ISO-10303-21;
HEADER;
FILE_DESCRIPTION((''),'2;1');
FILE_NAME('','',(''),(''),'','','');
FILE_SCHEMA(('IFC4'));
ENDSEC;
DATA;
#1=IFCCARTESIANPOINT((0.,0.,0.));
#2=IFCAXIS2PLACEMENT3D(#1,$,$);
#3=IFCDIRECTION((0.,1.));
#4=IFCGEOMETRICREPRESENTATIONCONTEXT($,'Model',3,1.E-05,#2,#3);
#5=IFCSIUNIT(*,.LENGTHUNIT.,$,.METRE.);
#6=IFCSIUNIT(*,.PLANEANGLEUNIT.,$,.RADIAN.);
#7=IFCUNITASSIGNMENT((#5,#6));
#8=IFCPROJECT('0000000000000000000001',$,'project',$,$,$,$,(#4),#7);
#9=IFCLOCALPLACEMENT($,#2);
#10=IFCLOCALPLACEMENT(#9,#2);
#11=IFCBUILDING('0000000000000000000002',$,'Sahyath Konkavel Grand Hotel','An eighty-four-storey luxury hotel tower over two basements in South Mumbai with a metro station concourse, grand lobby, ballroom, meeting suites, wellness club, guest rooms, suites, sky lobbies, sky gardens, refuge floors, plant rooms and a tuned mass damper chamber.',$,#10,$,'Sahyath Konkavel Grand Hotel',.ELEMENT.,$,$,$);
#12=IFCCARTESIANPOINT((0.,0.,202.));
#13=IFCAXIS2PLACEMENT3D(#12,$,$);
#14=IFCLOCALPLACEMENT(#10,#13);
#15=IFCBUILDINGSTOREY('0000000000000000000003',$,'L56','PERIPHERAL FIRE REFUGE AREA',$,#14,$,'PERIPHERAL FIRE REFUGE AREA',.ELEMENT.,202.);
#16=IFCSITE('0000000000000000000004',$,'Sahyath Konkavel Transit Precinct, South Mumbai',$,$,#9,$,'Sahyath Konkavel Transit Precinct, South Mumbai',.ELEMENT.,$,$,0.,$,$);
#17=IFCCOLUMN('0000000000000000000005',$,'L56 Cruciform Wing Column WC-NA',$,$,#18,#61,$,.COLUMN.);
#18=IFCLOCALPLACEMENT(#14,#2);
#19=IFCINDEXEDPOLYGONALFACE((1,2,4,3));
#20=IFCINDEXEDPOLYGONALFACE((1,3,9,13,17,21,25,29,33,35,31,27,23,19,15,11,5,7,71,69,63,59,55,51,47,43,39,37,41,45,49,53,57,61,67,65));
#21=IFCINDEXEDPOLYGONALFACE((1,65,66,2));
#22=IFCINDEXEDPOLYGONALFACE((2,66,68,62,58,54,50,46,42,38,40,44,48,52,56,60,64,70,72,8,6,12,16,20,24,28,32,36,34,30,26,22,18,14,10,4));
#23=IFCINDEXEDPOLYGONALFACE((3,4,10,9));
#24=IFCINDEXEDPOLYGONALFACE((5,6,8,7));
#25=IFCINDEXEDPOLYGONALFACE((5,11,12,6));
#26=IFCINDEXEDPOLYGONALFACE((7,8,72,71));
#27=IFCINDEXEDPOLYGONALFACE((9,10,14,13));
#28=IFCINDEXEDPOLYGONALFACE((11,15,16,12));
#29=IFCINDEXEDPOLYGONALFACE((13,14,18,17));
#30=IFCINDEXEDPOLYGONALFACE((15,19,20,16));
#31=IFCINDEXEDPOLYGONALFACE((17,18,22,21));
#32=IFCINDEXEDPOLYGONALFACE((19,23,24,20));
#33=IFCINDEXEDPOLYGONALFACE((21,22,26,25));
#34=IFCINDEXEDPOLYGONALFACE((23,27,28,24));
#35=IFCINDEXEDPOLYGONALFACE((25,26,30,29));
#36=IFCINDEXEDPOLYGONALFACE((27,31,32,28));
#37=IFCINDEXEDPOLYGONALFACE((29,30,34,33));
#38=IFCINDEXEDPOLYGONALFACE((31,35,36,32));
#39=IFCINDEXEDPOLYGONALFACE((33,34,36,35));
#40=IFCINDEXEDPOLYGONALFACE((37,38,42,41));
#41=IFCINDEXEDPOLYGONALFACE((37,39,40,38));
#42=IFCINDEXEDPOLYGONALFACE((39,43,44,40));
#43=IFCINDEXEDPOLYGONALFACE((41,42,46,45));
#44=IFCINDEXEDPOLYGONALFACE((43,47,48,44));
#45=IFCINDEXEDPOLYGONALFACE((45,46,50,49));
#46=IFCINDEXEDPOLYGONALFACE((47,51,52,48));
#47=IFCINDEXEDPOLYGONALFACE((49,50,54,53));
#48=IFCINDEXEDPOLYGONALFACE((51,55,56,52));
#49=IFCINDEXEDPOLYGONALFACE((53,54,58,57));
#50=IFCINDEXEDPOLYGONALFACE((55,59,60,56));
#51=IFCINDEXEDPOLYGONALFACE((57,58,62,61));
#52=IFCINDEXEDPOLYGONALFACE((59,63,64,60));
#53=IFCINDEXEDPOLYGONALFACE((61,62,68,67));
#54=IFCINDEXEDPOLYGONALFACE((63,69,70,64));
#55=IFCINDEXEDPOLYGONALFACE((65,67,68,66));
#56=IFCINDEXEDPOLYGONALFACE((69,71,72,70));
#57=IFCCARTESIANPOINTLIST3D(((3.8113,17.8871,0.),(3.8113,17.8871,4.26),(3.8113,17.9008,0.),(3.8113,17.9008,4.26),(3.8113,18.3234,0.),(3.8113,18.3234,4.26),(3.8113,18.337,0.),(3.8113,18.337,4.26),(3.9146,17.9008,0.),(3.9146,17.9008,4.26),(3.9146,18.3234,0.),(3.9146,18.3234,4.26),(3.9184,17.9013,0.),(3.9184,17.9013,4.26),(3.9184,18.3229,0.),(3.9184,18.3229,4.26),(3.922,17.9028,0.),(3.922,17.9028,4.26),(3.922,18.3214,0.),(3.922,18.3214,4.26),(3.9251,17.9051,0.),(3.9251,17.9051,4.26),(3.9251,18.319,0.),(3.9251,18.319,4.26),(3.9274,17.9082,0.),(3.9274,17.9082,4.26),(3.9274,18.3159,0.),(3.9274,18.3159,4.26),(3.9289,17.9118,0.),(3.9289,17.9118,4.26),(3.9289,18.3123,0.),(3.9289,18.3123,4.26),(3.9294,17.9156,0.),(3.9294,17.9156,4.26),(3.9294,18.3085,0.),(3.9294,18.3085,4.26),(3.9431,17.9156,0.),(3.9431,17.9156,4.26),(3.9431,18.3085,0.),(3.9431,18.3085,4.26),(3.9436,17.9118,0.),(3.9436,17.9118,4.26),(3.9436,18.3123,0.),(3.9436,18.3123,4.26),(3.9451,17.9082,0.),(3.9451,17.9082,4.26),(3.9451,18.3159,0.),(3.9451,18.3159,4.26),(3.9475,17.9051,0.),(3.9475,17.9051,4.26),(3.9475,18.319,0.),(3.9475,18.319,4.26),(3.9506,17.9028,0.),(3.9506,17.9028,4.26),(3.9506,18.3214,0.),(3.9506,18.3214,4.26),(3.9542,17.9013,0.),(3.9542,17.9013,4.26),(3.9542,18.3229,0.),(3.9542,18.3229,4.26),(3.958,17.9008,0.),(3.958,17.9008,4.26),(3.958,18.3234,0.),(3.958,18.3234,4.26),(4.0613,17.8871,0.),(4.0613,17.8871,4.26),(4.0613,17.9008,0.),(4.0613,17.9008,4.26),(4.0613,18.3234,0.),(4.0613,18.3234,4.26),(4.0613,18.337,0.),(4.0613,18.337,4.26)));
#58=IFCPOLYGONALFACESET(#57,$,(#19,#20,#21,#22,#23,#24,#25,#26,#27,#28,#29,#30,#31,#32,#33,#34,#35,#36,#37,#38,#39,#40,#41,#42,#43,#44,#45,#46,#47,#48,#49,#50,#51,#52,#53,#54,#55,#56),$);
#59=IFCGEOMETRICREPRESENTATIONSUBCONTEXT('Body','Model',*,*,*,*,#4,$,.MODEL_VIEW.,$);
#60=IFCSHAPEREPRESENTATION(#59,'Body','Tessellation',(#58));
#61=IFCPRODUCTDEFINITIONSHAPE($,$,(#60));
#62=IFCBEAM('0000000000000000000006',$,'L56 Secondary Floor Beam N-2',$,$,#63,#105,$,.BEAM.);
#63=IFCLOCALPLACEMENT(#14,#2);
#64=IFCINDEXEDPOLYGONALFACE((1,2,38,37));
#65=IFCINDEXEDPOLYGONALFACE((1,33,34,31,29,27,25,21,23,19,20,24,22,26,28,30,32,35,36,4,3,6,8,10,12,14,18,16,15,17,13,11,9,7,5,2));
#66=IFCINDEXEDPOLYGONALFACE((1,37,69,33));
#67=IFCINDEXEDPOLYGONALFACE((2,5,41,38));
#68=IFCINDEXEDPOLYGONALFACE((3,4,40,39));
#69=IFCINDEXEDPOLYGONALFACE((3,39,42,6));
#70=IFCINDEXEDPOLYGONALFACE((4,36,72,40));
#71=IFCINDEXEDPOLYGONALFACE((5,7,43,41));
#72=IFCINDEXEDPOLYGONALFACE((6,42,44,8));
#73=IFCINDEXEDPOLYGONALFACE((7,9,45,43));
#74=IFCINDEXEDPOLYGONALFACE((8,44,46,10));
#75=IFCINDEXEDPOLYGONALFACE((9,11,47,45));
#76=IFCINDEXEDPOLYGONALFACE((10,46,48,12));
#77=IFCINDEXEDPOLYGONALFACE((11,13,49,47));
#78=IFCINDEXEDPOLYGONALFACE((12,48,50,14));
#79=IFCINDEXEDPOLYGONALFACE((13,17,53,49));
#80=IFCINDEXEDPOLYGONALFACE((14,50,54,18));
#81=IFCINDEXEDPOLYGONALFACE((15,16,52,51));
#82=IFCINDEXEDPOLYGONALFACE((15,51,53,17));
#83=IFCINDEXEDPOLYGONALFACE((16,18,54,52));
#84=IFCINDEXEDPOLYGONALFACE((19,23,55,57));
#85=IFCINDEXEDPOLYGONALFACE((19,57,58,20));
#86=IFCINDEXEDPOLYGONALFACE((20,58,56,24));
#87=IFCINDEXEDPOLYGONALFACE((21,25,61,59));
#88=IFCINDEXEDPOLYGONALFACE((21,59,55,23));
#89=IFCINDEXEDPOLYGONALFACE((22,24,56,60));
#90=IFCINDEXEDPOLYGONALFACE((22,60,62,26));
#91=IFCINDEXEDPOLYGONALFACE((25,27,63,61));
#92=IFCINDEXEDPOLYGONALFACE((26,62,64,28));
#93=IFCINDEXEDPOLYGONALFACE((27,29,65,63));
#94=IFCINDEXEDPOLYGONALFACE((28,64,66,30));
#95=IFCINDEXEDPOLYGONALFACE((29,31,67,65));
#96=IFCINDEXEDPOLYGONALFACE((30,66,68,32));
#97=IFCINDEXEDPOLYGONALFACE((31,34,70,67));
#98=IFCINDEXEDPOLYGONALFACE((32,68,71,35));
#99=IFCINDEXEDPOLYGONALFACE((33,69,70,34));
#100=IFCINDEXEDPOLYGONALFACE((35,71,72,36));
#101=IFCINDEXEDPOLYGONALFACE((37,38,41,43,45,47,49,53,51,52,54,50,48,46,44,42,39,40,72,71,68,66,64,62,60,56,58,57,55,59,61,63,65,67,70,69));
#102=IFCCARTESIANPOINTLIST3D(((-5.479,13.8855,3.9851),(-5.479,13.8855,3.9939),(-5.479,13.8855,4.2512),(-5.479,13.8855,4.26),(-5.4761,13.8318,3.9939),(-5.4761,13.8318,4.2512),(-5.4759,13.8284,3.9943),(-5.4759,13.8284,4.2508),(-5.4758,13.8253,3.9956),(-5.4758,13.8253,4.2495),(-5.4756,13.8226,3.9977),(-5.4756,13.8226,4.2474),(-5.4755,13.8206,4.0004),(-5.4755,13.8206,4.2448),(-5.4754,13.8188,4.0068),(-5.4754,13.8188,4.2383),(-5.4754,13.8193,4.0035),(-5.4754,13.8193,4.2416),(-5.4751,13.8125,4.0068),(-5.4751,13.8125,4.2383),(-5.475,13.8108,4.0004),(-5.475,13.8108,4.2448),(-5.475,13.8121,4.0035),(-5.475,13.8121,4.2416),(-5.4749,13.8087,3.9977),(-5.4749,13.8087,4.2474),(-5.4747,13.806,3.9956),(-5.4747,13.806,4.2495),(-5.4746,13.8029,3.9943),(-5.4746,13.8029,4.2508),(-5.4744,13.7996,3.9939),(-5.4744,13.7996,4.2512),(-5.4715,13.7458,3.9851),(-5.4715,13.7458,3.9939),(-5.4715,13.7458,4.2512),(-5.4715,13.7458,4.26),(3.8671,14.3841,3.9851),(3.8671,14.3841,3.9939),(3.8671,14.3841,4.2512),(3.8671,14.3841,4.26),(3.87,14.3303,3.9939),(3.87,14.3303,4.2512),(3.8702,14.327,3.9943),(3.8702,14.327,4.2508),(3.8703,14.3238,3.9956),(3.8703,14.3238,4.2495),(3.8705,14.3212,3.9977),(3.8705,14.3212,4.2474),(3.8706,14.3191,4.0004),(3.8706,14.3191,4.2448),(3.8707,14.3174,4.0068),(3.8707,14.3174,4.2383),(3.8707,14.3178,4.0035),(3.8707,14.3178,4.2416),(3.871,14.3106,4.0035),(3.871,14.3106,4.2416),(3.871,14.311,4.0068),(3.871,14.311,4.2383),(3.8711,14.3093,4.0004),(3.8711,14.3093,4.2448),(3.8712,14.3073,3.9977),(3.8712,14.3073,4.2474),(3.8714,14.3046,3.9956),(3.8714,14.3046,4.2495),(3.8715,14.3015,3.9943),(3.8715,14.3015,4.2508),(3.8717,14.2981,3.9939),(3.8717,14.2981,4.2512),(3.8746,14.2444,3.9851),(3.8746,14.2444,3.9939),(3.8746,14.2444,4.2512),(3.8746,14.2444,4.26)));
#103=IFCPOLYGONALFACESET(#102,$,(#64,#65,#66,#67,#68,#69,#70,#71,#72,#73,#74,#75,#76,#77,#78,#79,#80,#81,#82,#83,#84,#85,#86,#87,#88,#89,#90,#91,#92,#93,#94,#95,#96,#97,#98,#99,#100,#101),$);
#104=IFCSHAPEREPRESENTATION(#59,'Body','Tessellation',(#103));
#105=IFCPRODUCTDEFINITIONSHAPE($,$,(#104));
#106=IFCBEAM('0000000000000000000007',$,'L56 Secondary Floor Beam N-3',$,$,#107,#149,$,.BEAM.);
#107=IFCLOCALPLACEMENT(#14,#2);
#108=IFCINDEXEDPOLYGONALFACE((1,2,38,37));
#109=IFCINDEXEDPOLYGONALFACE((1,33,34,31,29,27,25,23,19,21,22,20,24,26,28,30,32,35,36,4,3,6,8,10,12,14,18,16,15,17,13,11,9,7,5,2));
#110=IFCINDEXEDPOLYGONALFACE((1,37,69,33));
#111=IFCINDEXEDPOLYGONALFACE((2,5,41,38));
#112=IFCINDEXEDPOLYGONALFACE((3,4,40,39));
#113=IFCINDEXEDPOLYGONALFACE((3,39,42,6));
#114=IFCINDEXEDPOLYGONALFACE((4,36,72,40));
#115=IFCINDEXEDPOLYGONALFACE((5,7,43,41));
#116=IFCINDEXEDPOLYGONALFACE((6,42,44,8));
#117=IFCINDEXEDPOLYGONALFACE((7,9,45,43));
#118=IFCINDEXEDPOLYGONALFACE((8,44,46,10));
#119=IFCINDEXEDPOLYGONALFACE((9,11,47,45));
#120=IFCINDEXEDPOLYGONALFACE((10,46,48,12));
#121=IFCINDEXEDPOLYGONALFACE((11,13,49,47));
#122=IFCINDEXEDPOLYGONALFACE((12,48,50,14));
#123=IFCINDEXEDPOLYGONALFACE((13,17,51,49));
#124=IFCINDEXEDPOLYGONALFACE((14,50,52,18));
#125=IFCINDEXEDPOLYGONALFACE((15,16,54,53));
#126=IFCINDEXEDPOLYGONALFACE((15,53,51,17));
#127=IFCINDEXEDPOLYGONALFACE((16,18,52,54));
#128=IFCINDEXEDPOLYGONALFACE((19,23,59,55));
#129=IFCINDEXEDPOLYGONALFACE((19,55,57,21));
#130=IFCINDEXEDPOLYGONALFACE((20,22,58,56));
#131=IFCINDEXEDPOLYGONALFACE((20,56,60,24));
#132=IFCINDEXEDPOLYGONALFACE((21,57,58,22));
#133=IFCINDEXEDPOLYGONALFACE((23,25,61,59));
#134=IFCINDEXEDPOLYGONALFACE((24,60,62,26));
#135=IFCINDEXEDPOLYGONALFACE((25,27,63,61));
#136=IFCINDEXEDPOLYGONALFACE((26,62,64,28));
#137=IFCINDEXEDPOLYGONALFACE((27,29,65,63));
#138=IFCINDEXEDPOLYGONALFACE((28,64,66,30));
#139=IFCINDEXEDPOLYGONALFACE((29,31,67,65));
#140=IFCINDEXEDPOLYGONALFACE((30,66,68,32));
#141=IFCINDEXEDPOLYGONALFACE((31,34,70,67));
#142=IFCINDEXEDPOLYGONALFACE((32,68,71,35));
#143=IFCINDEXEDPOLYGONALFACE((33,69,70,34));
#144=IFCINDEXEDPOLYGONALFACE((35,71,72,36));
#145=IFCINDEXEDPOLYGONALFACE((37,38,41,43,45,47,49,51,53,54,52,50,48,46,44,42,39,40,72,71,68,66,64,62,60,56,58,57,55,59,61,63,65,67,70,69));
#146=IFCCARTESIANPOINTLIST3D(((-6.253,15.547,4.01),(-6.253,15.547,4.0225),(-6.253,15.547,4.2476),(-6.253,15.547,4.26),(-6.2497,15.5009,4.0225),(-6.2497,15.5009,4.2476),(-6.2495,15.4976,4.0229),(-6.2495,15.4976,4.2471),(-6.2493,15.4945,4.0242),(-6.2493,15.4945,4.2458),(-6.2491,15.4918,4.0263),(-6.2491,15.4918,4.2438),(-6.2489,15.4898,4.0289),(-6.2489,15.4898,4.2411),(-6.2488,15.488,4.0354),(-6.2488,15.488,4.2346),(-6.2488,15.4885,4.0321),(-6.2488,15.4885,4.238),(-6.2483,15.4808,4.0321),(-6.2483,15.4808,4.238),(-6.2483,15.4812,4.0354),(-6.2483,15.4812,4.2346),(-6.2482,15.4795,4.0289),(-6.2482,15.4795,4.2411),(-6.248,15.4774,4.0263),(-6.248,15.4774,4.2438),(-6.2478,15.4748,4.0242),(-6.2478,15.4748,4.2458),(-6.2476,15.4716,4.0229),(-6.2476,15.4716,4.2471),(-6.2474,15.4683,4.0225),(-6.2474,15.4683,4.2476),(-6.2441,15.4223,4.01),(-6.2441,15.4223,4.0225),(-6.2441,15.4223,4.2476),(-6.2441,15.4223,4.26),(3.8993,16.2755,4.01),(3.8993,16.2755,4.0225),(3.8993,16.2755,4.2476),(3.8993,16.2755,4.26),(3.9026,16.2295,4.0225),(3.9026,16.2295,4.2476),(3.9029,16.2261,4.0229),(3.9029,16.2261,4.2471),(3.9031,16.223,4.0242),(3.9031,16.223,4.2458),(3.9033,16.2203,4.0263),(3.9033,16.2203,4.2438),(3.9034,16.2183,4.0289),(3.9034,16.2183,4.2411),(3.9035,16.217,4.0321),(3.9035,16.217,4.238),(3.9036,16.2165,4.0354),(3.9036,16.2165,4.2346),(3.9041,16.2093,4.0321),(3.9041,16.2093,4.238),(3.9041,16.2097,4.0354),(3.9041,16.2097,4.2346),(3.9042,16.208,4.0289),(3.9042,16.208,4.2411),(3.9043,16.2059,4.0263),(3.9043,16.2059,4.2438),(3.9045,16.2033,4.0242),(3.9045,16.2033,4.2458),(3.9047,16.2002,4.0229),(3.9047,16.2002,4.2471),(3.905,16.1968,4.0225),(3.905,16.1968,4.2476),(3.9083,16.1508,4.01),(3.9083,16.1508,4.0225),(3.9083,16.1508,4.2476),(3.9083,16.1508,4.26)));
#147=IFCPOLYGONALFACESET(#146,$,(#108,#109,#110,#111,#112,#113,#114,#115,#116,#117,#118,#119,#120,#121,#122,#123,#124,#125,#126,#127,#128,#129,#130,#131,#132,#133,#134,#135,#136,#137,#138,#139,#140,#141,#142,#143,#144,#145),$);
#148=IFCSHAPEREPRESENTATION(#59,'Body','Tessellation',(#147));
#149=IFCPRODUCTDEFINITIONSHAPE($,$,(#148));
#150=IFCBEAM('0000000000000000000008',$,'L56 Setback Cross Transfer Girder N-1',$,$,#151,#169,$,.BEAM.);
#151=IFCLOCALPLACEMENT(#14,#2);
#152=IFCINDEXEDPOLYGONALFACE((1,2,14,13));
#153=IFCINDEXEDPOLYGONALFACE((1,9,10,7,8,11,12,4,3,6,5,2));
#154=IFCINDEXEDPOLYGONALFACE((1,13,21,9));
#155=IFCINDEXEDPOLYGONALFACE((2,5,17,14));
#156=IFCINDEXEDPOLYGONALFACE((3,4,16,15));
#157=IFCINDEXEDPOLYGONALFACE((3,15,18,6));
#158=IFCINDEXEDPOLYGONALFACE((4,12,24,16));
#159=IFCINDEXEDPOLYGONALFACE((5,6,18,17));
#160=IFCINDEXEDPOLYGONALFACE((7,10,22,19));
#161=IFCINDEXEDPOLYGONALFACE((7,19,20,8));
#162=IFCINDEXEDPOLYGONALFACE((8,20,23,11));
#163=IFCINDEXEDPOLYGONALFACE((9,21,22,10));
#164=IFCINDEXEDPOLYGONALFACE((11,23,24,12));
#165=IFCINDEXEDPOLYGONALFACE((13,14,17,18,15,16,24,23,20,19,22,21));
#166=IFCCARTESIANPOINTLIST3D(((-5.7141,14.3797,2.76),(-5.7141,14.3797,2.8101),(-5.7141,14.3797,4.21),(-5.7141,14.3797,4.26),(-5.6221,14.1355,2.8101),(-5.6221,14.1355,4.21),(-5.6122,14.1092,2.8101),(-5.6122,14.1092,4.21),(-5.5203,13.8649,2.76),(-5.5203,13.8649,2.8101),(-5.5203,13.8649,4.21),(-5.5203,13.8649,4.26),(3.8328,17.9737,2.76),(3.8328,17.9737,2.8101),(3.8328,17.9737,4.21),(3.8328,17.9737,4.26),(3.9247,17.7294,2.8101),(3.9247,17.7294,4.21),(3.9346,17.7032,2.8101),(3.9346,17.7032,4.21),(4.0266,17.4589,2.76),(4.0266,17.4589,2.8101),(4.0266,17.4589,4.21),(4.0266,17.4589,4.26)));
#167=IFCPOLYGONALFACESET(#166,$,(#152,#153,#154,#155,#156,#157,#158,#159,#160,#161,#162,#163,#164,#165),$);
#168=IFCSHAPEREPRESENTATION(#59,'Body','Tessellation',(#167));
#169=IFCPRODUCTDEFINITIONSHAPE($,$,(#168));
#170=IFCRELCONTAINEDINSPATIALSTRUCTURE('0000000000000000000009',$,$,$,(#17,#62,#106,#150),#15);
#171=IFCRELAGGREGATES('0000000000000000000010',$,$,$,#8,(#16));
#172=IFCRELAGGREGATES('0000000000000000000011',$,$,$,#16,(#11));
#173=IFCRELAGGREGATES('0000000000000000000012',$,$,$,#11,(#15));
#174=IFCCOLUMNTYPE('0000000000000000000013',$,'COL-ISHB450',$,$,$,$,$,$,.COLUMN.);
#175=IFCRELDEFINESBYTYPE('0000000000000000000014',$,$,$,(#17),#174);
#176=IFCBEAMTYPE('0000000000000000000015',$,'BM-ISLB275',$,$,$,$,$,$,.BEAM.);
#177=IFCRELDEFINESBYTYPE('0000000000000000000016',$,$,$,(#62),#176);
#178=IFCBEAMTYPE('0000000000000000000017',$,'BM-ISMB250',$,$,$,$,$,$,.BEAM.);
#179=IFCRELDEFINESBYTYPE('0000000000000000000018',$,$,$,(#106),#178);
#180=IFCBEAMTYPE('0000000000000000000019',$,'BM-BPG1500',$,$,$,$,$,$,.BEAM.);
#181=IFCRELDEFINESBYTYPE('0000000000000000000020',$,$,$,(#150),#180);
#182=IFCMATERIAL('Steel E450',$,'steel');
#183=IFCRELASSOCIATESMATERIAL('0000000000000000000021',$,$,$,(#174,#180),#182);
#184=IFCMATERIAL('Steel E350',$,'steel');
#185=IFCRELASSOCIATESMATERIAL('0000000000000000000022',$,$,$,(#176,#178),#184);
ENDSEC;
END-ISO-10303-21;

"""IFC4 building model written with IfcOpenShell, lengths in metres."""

from ifc_helpers import new_model, si_unit, direction, frame, origin, origin_2d, place, context, subcontext, project, spatial, i_section, extrude, source, transform, mapped, material, material_profile, profile_set, type_object, element, save


model = new_model("IFC4")

# Units and contexts
model_context = context("Model", 3, precision=1e-05, world=origin(), true_north=direction((0.0, 1.0)))
body_context = subcontext(model_context, "Body", "Model", "MODEL_VIEW")
ifc_project = project(units=[si_unit("LENGTHUNIT", "METRE"), si_unit("PLANEANGLEUNIT", "RADIAN")], contexts=[model_context])

# Site, building, storey
site_placement = place(None, origin())
site = spatial("IfcSite", under=ifc_project, at=site_placement, Name="Sahyath Konkavel Transit Precinct, South Mumbai", LongName="Sahyath Konkavel Transit Precinct, South Mumbai", CompositionType="ELEMENT", RefElevation=0.0)
building_placement = place(site_placement, origin())
building = spatial("IfcBuilding", under=site, at=building_placement, Name="Sahyath Konkavel Grand Hotel", Description="An eighty-four-storey luxury hotel tower over two basements in South Mumbai with a metro station concourse, grand lobby, ballroom, meeting suites, wellness club, guest rooms, suites, sky lobbies, sky gardens, refuge floors, plant rooms and a tuned mass damper chamber.", LongName="Sahyath Konkavel Grand Hotel", CompositionType="ELEMENT")
storey_placement = place(building_placement, frame((0.0, 0.0, 202.0)))
storey = spatial("IfcBuildingStorey", under=building, at=storey_placement, Name="L56", Description="PERIPHERAL FIRE REFUGE AREA", LongName="PERIPHERAL FIRE REFUGE AREA", CompositionType="ELEMENT", Elevation=202.0)

# Column
ifc_material_1 = material(Name="Steel E450", Category="steel")
ifc_material_profile_1 = material_profile(ifc_material_1, i_section(OverallWidth=0.25, OverallDepth=0.45, WebThickness=0.0137, FlangeThickness=0.0137, FilletRadius=0.0149, at=origin_2d()), Name="ISHB 450")
ifc_profile_set_1 = profile_set([ifc_material_profile_1], Name="Steel E450")
column_type = type_object("IfcColumnType", Name="COL-ISHB450", PredefinedType="COLUMN", material=ifc_profile_set_1)
shared_shape_1 = source(origin(), body_context, "Body", "SweptSolid", [
    extrude(i_section(OverallWidth=0.25, OverallDepth=0.45, WebThickness=0.0137, FlangeThickness=0.0137, FilletRadius=0.0149, at=origin_2d()), origin(), (0.0, 0.0, 1.0), 4.26),
])
column_placement = place(storey_placement, frame((3.9363, 18.1121, 0.0), z_axis=(0.0, 0.0, 1.0), x_axis=(1.0, 0.0, 0.0)))
element("IfcColumn", 1, at=column_placement, inside=storey, type_object=column_type, Name="L56 Cruciform Wing Column WC-NA", PredefinedType="COLUMN", context=body_context, shape_type="MappedRepresentation", body=[
    mapped(shared_shape_1, transform((0.0, 0.0, 0.0), scale=1.0)),
])

# Beams
ifc_material_2 = material(Name="Steel E350", Category="steel")
ifc_material_profile_2 = material_profile(ifc_material_2, i_section(OverallWidth=0.1399, OverallDepth=0.2749, WebThickness=0.0063, FlangeThickness=0.0088, FilletRadius=0.0129, at=origin_2d()), Name="ISLB 275")
ifc_profile_set_2 = profile_set([ifc_material_profile_2], Name="Steel E350")
beam_type_1 = type_object("IfcBeamType", Name="BM-ISLB275", PredefinedType="BEAM", material=ifc_profile_set_2)
shared_shape_2 = source(origin(), body_context, "Body", "SweptSolid", [
    extrude(i_section(OverallWidth=0.1399, OverallDepth=0.2749, WebThickness=0.0063, FlangeThickness=0.0088, FilletRadius=0.0129, at=origin_2d()), origin(), (0.0, 0.0, 1.0), 9.3594),
])
beam_1_placement = place(storey_placement, frame((3.8708, 14.3142, 4.1226), z_axis=(-0.99858, -0.053265, 0.0), x_axis=(0.053265, -0.99858, 0.0)))
element("IfcBeam", 2, at=beam_1_placement, inside=storey, type_object=beam_type_1, Name="L56 Secondary Floor Beam N-2", PredefinedType="BEAM", context=body_context, shape_type="MappedRepresentation", body=[
    mapped(shared_shape_2, transform((0.0, 0.0, 0.0), scale=1.0)),
])
ifc_material_profile_3 = material_profile(ifc_material_2, i_section(OverallWidth=0.125, OverallDepth=0.25, WebThickness=0.0068, FlangeThickness=0.0125, FilletRadius=0.0129, at=origin_2d()), Name="ISMB 250")
ifc_profile_set_3 = profile_set([ifc_material_profile_3], Name="Steel E350")
beam_type_2 = type_object("IfcBeamType", Name="BM-ISMB250", PredefinedType="BEAM", material=ifc_profile_set_3)
shared_shape_3 = source(origin(), body_context, "Body", "SweptSolid", [
    extrude(i_section(OverallWidth=0.125, OverallDepth=0.25, WebThickness=0.0068, FlangeThickness=0.0125, FilletRadius=0.0129, at=origin_2d()), origin(), (0.0, 0.0, 1.0), 10.1785),
])
beam_2_placement = place(storey_placement, frame((3.9038, 16.2131, 4.135), z_axis=(-0.997435, -0.071574, 0.0), x_axis=(0.071574, -0.997435, 0.0)))
element("IfcBeam", 3, at=beam_2_placement, inside=storey, type_object=beam_type_2, Name="L56 Secondary Floor Beam N-3", PredefinedType="BEAM", context=body_context, shape_type="MappedRepresentation", body=[
    mapped(shared_shape_3, transform((0.0, 0.0, 0.0), scale=1.0)),
])
ifc_material_profile_4 = material_profile(ifc_material_1, i_section(OverallWidth=0.55, OverallDepth=1.5, WebThickness=0.0281, FlangeThickness=0.05, at=origin_2d()), Name="BPG 1500x550")
ifc_profile_set_4 = profile_set([ifc_material_profile_4], Name="Steel E450")
beam_type_3 = type_object("IfcBeamType", Name="BM-BPG1500", PredefinedType="BEAM", material=ifc_profile_set_4)
shared_shape_4 = source(origin(), body_context, "Body", "SweptSolid", [
    extrude(i_section(OverallWidth=0.55, OverallDepth=1.5, WebThickness=0.0281, FlangeThickness=0.05, at=origin_2d()), origin(), (0.0, 0.0, 1.0), 10.2009),
])
beam_3_placement = place(storey_placement, frame((3.9297, 17.7163, 3.51), z_axis=(-0.93588, -0.352319, 0.0), x_axis=(0.352319, -0.93588, 0.0)))
element("IfcBeam", 4, at=beam_3_placement, inside=storey, type_object=beam_type_3, Name="L56 Setback Cross Transfer Girder N-1", PredefinedType="BEAM", context=body_context, shape_type="MappedRepresentation", body=[
    mapped(shared_shape_4, transform((0.0, 0.0, 0.0), scale=1.0)),
])

save(model, "model.ifc")
